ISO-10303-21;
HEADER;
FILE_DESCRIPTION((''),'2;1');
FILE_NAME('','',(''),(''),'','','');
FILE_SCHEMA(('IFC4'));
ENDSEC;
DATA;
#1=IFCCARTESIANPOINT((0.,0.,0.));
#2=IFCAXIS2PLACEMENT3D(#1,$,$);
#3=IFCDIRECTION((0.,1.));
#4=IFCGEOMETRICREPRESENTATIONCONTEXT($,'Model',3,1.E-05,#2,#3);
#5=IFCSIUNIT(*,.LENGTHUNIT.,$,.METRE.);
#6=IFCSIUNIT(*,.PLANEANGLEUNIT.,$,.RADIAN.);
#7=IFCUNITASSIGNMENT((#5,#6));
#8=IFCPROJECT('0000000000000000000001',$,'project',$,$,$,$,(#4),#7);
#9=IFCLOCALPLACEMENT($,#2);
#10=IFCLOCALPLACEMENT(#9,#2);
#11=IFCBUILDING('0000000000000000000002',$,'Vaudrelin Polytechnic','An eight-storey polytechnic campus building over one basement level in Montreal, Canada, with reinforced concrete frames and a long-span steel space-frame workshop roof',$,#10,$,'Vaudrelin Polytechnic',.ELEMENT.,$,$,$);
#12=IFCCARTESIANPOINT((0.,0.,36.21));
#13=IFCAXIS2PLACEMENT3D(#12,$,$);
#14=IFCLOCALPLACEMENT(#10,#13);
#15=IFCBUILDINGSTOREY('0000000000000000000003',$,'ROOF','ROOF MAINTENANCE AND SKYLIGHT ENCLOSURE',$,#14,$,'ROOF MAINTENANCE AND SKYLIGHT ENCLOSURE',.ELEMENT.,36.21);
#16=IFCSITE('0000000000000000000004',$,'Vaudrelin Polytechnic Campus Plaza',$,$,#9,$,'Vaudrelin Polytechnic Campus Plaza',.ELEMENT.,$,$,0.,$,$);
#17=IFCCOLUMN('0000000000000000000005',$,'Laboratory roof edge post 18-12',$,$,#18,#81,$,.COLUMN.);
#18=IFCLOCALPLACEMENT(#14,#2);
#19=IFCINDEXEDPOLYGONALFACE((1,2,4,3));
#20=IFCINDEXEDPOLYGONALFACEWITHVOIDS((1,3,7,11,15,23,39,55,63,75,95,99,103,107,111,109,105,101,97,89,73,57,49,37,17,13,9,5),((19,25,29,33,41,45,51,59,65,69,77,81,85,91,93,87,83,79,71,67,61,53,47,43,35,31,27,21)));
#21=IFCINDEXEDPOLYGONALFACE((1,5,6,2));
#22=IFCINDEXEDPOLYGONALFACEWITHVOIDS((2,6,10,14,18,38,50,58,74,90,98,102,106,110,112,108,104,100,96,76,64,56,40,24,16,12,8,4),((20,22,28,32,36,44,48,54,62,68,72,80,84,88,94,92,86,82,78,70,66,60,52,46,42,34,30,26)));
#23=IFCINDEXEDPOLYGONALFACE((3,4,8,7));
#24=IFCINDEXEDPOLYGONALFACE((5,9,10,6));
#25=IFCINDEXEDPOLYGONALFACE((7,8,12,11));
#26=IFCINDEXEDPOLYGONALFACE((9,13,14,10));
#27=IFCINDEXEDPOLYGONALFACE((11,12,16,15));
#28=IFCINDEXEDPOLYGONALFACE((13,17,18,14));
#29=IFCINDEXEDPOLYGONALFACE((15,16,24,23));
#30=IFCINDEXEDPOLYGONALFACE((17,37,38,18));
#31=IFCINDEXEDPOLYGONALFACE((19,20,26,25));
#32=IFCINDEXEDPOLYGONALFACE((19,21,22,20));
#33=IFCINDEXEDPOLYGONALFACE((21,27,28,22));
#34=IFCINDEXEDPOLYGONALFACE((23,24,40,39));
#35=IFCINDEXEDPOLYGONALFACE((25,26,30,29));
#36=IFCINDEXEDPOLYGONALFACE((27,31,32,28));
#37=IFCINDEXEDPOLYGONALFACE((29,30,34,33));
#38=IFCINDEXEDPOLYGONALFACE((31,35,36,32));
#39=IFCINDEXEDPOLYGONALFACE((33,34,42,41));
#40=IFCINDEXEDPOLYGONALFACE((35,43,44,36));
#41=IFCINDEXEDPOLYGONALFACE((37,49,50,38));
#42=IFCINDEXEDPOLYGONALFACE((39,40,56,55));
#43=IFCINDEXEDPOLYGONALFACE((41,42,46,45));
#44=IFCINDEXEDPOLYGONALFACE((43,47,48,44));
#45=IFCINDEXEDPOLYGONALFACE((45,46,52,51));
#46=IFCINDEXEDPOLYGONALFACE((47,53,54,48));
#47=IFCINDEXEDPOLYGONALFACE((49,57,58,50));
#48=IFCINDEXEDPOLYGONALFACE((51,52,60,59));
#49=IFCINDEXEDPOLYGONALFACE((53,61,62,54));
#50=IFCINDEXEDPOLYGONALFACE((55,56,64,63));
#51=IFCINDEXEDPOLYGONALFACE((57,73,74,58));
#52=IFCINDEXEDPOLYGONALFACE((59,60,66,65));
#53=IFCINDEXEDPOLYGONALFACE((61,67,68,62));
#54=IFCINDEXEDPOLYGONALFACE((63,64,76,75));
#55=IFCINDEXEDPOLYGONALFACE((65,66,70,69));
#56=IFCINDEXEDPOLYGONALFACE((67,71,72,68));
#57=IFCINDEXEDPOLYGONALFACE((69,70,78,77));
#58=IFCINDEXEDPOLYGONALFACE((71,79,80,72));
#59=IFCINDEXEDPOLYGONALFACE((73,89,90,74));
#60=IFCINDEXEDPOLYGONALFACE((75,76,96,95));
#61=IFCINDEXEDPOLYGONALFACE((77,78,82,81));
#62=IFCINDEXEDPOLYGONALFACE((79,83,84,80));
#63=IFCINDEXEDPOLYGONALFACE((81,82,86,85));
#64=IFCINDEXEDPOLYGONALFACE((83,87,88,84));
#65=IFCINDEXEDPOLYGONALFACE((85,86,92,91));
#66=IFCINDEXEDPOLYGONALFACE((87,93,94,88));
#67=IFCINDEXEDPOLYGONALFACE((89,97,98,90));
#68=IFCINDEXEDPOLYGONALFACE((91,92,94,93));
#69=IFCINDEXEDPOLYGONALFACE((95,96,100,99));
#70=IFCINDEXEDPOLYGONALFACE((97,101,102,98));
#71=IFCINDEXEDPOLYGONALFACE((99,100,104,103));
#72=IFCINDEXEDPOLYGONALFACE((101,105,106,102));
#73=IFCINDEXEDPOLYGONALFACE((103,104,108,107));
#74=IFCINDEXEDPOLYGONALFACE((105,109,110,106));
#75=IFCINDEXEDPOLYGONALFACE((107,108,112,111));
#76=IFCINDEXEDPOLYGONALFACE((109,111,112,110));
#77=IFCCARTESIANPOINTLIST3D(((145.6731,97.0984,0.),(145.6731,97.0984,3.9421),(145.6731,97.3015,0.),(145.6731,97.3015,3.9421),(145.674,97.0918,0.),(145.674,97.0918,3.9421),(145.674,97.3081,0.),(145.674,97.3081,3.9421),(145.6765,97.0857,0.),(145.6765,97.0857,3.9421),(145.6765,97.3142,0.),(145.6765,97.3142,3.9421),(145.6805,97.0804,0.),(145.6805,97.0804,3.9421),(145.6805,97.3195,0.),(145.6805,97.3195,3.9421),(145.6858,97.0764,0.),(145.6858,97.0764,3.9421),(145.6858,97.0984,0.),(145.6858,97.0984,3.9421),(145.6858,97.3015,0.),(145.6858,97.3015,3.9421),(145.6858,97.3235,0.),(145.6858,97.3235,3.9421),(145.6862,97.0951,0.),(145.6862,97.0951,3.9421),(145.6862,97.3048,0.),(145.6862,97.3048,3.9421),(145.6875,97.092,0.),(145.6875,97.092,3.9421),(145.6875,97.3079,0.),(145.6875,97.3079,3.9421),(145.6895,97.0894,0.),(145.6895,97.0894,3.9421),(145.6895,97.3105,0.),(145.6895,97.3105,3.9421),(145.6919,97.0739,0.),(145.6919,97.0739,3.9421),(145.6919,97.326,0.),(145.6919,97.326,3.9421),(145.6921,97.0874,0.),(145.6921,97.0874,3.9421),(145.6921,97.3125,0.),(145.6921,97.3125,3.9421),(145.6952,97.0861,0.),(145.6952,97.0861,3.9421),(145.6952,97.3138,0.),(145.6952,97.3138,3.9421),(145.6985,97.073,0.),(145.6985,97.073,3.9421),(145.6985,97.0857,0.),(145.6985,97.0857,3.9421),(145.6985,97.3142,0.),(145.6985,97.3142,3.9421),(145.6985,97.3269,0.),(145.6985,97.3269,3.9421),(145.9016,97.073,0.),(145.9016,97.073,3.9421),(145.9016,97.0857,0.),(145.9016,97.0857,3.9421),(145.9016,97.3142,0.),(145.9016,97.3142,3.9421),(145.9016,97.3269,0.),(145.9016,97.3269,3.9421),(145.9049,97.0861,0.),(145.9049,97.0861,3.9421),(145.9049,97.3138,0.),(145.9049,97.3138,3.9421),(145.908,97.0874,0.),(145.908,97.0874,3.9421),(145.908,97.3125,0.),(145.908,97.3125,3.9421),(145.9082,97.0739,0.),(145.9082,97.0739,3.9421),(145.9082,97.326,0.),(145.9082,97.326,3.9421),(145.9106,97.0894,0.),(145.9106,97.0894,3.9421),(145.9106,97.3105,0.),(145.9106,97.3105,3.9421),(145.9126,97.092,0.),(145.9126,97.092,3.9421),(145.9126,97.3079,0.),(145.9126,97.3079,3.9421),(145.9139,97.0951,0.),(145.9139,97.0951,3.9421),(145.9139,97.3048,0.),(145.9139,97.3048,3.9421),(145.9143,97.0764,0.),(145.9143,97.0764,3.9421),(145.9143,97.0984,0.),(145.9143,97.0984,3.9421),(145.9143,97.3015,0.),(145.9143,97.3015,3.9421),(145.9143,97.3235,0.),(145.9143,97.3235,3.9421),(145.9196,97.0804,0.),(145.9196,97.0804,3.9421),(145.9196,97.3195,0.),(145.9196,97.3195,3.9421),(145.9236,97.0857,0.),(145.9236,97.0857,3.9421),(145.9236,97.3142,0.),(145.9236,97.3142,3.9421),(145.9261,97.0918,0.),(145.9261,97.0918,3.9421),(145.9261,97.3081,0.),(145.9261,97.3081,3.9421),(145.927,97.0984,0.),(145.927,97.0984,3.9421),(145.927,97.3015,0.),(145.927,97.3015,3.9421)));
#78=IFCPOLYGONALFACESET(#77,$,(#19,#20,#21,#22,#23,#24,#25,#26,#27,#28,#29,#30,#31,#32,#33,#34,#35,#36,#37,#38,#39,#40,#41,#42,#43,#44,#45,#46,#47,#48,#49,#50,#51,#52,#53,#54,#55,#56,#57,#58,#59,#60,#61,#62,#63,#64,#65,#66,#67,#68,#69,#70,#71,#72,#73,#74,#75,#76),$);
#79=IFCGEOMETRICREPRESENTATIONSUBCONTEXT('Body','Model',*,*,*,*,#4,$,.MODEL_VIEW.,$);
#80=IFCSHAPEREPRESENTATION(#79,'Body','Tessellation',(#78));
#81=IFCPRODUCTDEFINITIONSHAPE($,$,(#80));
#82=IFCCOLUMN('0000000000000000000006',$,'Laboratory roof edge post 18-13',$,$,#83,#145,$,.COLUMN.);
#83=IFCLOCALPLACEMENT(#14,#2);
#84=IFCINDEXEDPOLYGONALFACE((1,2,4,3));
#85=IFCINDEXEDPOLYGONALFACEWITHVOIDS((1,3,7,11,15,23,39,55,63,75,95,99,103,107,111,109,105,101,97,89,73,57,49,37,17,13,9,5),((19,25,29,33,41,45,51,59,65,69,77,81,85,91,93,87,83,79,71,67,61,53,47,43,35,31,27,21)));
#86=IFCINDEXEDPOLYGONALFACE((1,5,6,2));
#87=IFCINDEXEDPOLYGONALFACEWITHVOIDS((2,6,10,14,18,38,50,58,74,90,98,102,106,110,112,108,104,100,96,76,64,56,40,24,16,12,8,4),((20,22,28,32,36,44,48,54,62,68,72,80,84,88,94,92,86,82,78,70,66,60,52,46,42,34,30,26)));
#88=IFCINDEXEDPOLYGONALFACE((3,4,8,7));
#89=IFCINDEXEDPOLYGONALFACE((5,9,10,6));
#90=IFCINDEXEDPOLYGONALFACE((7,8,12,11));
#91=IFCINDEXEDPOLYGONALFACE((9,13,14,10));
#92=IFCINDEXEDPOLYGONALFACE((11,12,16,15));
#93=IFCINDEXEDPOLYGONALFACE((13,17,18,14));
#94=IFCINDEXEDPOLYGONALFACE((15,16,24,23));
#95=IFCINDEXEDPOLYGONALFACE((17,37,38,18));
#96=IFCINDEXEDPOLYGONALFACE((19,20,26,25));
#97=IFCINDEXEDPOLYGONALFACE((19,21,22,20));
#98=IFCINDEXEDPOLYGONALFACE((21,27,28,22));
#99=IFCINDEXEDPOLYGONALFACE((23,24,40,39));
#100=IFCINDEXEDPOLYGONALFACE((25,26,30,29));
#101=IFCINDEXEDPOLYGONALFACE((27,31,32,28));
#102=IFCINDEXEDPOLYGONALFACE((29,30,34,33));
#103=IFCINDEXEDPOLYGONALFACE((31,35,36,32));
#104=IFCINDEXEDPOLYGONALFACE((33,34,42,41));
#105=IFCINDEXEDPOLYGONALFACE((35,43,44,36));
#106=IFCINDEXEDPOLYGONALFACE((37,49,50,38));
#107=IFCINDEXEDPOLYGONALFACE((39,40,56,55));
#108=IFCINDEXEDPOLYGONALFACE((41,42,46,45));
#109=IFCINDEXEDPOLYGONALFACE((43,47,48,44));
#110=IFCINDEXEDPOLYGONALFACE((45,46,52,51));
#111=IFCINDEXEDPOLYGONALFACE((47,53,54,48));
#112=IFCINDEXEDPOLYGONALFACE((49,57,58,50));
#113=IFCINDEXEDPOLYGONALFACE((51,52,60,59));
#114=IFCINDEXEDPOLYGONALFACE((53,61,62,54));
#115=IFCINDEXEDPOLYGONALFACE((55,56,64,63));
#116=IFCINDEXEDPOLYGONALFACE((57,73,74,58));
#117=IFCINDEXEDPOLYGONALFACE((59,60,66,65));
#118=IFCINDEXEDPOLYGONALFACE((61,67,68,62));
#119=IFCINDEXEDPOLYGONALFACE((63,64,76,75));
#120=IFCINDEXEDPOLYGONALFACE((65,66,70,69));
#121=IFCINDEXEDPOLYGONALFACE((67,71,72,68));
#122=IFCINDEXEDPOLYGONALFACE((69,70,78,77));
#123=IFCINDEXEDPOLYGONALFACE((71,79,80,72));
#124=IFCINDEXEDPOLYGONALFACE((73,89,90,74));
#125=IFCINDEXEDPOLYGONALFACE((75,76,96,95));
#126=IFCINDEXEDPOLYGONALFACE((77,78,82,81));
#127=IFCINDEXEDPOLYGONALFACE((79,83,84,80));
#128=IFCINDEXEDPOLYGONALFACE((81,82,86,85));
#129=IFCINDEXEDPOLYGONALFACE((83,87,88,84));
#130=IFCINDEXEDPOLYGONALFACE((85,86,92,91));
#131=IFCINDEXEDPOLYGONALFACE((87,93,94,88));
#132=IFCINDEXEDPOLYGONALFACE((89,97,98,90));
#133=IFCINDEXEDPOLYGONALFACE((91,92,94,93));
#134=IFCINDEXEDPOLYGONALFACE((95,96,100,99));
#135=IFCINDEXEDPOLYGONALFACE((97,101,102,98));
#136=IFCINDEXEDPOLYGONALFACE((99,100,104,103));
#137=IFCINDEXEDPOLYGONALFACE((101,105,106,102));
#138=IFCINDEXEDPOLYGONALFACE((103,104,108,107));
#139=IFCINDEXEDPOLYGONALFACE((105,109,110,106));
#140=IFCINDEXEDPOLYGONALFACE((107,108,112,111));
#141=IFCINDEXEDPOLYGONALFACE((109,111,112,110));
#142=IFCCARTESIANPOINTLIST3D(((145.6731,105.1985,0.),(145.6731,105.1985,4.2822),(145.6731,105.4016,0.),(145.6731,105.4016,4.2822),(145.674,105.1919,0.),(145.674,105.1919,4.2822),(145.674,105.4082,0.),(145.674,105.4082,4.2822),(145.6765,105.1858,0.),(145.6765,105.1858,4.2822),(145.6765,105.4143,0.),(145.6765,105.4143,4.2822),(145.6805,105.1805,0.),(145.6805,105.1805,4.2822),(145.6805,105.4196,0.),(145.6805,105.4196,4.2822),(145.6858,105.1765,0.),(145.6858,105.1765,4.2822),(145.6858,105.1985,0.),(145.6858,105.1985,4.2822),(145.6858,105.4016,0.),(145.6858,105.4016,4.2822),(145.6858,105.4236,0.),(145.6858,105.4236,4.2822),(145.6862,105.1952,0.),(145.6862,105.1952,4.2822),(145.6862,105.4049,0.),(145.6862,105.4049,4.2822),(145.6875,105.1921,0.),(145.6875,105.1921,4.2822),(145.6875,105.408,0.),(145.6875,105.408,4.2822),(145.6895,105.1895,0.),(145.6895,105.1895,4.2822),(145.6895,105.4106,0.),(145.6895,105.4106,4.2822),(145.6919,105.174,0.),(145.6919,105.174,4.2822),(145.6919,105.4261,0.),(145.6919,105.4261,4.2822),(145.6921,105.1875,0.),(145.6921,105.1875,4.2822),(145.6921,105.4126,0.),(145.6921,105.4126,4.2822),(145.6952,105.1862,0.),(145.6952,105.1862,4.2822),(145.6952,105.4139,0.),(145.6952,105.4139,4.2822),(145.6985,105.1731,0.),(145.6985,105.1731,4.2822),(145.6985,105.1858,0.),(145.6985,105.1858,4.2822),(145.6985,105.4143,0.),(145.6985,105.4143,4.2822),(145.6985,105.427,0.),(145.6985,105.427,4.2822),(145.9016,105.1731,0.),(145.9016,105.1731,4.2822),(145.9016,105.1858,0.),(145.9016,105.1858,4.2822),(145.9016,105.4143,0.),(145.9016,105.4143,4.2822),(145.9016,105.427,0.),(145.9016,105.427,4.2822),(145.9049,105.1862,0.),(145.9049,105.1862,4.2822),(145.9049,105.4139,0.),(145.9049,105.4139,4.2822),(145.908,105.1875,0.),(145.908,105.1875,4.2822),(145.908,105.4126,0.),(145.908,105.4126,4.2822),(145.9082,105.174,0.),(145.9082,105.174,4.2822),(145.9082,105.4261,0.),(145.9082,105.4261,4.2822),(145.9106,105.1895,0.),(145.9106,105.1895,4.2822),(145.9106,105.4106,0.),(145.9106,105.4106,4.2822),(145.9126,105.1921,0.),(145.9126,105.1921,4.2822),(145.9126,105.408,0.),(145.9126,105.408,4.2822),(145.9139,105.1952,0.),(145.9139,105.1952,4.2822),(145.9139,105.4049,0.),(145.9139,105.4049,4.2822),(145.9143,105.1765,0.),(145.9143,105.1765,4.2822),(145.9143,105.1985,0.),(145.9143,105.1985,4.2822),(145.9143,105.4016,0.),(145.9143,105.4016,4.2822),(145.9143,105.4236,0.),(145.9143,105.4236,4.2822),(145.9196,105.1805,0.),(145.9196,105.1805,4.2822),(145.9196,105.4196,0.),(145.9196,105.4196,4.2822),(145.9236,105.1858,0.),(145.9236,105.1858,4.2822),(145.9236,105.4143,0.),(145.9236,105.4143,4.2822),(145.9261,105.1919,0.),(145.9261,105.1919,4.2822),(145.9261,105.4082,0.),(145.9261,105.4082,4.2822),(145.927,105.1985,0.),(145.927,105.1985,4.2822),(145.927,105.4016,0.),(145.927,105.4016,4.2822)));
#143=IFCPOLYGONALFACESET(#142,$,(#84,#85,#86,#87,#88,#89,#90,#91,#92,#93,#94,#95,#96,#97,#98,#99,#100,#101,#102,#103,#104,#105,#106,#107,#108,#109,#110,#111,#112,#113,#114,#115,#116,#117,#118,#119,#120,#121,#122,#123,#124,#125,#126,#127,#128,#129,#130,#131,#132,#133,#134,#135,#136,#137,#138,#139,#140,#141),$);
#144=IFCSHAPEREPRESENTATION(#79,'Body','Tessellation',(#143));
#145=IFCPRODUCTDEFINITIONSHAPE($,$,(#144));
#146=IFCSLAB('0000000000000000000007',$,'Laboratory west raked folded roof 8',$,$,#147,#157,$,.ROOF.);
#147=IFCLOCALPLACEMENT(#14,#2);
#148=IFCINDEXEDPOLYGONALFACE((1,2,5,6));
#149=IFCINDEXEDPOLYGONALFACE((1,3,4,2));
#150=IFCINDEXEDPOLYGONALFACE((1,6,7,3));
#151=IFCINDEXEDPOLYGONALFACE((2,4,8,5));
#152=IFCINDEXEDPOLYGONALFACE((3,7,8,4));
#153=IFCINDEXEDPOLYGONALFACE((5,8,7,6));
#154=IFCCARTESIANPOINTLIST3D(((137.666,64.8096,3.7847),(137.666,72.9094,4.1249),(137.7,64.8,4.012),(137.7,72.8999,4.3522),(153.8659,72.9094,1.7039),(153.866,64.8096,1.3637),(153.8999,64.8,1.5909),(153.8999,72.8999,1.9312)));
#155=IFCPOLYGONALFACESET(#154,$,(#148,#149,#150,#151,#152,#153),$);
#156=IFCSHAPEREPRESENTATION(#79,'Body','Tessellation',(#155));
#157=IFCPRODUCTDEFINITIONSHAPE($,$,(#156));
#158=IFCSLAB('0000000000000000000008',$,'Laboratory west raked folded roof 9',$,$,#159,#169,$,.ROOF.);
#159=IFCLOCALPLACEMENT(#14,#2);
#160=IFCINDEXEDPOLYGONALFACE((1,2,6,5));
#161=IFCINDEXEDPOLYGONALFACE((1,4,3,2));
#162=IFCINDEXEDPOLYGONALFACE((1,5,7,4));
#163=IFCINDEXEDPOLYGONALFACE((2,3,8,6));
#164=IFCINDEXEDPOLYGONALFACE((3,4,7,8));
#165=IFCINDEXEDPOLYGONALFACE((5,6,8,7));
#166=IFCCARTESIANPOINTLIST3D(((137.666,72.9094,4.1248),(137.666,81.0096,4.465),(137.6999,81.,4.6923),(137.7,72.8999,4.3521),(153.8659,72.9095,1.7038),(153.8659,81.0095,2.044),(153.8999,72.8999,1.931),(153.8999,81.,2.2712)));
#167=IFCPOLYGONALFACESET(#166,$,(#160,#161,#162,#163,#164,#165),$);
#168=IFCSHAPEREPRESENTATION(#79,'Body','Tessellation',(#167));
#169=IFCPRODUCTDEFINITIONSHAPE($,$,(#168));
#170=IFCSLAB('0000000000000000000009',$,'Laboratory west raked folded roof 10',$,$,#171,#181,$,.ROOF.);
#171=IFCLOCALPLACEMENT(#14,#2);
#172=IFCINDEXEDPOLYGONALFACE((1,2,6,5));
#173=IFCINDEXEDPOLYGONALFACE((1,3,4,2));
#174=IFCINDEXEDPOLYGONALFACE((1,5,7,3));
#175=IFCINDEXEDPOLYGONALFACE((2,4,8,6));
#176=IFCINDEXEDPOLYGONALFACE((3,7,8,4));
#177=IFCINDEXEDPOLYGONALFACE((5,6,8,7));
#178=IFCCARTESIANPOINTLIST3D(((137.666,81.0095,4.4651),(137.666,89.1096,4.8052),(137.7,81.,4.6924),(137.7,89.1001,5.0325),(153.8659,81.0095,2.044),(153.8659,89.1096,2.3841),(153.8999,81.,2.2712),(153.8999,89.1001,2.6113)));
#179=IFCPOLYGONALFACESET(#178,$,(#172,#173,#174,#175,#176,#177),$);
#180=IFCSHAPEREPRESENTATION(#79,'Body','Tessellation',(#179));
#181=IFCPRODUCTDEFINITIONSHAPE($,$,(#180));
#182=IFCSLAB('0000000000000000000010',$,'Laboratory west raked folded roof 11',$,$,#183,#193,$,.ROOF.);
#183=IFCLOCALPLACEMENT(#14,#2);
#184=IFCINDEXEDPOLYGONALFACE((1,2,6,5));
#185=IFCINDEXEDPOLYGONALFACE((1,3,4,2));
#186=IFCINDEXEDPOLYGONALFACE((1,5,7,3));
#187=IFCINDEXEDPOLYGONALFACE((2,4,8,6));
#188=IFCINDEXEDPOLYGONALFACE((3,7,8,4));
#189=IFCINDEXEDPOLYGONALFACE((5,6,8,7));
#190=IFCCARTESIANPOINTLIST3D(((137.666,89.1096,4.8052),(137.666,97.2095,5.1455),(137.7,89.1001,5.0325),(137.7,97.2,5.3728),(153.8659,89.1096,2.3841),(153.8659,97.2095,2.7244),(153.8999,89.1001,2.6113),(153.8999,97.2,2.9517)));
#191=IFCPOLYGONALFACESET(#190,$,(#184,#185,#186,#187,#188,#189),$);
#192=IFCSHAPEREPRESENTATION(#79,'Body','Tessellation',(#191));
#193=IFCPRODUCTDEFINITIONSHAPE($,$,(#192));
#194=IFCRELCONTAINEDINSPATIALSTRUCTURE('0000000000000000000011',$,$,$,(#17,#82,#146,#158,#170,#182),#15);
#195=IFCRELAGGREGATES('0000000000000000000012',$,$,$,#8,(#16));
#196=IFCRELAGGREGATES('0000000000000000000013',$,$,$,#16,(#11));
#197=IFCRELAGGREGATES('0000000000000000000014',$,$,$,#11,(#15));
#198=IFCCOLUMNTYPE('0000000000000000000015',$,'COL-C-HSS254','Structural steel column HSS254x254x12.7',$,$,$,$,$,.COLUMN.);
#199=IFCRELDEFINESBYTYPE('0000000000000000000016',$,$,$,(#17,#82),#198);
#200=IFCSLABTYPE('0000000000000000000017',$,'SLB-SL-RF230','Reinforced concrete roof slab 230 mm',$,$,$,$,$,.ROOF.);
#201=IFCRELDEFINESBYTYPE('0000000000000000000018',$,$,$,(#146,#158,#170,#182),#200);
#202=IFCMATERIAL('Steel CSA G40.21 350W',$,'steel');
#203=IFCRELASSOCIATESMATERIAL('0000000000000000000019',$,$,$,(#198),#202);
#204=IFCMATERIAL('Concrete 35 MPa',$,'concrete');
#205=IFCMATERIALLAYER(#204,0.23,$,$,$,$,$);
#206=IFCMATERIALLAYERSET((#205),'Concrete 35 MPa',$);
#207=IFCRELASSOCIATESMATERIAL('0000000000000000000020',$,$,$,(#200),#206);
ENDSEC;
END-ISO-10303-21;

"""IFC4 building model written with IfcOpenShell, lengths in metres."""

from ifc_helpers import new_model, si_unit, direction, frame, origin, origin_2d, place, context, subcontext, project, spatial, polyline, hollow_rectangle, outline, extrude, material, layer, layer_set, material_profile, profile_set, type_object, element, save


model = new_model("IFC4")

# Units and contexts
model_context = context("Model", 3, precision=1e-05, world=origin(), true_north=direction((0.0, 1.0)))
body_context = subcontext(model_context, "Body", "Model", "MODEL_VIEW")
ifc_project = project(units=[si_unit("LENGTHUNIT", "METRE"), si_unit("PLANEANGLEUNIT", "RADIAN")], contexts=[model_context])

# Site, building, storey
site_placement = place(None, origin())
site = spatial("IfcSite", under=ifc_project, at=site_placement, Name="Vaudrelin Polytechnic Campus Plaza", LongName="Vaudrelin Polytechnic Campus Plaza", CompositionType="ELEMENT", RefElevation=0.0)
building_placement = place(site_placement, origin())
building = spatial("IfcBuilding", under=site, at=building_placement, Name="Vaudrelin Polytechnic", Description="An eight-storey polytechnic campus building over one basement level in Montreal, Canada, with reinforced concrete frames and a long-span steel space-frame workshop roof", LongName="Vaudrelin Polytechnic", CompositionType="ELEMENT")
storey_placement = place(building_placement, frame((0.0, 0.0, 36.21)))
storey = spatial("IfcBuildingStorey", under=building, at=storey_placement, Name="ROOF", Description="ROOF MAINTENANCE AND SKYLIGHT ENCLOSURE", LongName="ROOF MAINTENANCE AND SKYLIGHT ENCLOSURE", CompositionType="ELEMENT", Elevation=36.21)

# Columns
ifc_material_1 = material(Name="Steel CSA G40.21 350W", Category="steel")
ifc_material_profile = material_profile(ifc_material_1, hollow_rectangle(XDim=0.2539, YDim=0.2539, WallThickness=0.0127, InnerFilletRadius=0.0127, OuterFilletRadius=0.0254, at=origin_2d()), Name="HSS254x254x12.7")
ifc_profile_set = profile_set([ifc_material_profile], Name="Steel CSA G40.21 350W")
column_type = type_object("IfcColumnType", Name="COL-C-HSS254", Description="Structural steel column HSS254x254x12.7", PredefinedType="COLUMN", material=ifc_profile_set)
column_1_placement = place(storey_placement, frame((145.8, 97.2, 0.0), z_axis=(0.0, 0.0, 1.0), x_axis=(1.0, 0.0, 0.0)))
element("IfcColumn", 1, at=column_1_placement, inside=storey, type_object=column_type, Name="Laboratory roof edge post 18-12", PredefinedType="COLUMN", context=body_context, shape_type="SweptSolid", body=[
    extrude(hollow_rectangle(XDim=0.2539, YDim=0.2539, WallThickness=0.0127, InnerFilletRadius=0.0127, OuterFilletRadius=0.0254, at=origin_2d()), origin(), (0.0, 0.0, 1.0), 3.9421),
])
column_2_placement = place(storey_placement, frame((145.8, 105.3, 0.0), z_axis=(0.0, 0.0, 1.0), x_axis=(1.0, 0.0, 0.0)))
element("IfcColumn", 2, at=column_2_placement, inside=storey, type_object=column_type, Name="Laboratory roof edge post 18-13", PredefinedType="COLUMN", context=body_context, shape_type="SweptSolid", body=[
    extrude(hollow_rectangle(XDim=0.2539, YDim=0.2539, WallThickness=0.0127, InnerFilletRadius=0.0127, OuterFilletRadius=0.0254, at=origin_2d()), origin(), (0.0, 0.0, 1.0), 4.2822),
])

# Slabs
ifc_material_2 = material(Name="Concrete 35 MPa", Category="concrete")
ifc_layer_1 = layer(ifc_material_2, 0.23)
ifc_layer_set_1 = layer_set([ifc_layer_1], Name="Concrete 35 MPa")
slab_type = type_object("IfcSlabType", Name="SLB-SL-RF230", Description="Reinforced concrete roof slab 230 mm", PredefinedType="ROOF", material=ifc_layer_set_1)
slab_1_placement = place(storey_placement, frame((137.7, 64.8, 4.012), z_axis=(0.147677, -0.041505, 0.988164), x_axis=(0.989017, 0.0, -0.147805)))
element("IfcSlab", 3, at=slab_1_placement, inside=storey, type_object=slab_type, Name="Laboratory west raked folded roof 8", PredefinedType="ROOF", context=body_context, shape_type="SweptSolid", body=[
    extrude(outline(polyline([(0.0, 0.0), (16.3799, 0.0), (16.3296, 8.1068), (-0.0503, 8.1068), (0.0, 0.0)])), origin(), (0.0, 0.0, -1.0), 0.23),
])
slab_2_placement = place(storey_placement, frame((137.7, 72.8999, 4.3521), z_axis=(0.147677, -0.041504, 0.988164), x_axis=(0.989017, 0.0, -0.147805)))
element("IfcSlab", 4, at=slab_2_placement, inside=storey, type_object=slab_type, Name="Laboratory west raked folded roof 9", PredefinedType="ROOF", context=body_context, shape_type="SweptSolid", body=[
    extrude(outline(polyline([(0.0, 0.0), (16.3798, 0.0), (16.3296, 8.1071), (-0.0503, 8.1071), (0.0, 0.0)])), origin(), (0.0, 0.0, -1.0), 0.23),
])
slab_3_placement = place(storey_placement, frame((137.7, 81.0, 4.6924), z_axis=(0.147685, -0.041489, 0.988164), x_axis=(0.989015, 0.0, -0.147812)))
element("IfcSlab", 5, at=slab_3_placement, inside=storey, type_object=slab_type, Name="Laboratory west raked folded roof 10", PredefinedType="ROOF", context=body_context, shape_type="SweptSolid", body=[
    extrude(outline(polyline([(0.0, 0.0), (16.3799, 0.0), (16.3296, 8.1071), (-0.0503, 8.1071), (0.0, 0.0)])), origin(), (0.0, 0.0, -1.0), 0.23),
])
slab_4_placement = place(storey_placement, frame((137.7, 89.1001, 5.0325), z_axis=(0.147685, -0.04152, 0.988163), x_axis=(0.989015, 0.0, -0.147812)))
element("IfcSlab", 6, at=slab_4_placement, inside=storey, type_object=slab_type, Name="Laboratory west raked folded roof 11", PredefinedType="ROOF", context=body_context, shape_type="SweptSolid", body=[
    extrude(outline(polyline([(0.0, 0.0), (16.3799, 0.0), (16.3296, 8.1068), (-0.0503, 8.1068), (0.0, 0.0)])), origin(), (0.0, 0.0, -1.0), 0.23),
])

save(model, "model.ifc")
